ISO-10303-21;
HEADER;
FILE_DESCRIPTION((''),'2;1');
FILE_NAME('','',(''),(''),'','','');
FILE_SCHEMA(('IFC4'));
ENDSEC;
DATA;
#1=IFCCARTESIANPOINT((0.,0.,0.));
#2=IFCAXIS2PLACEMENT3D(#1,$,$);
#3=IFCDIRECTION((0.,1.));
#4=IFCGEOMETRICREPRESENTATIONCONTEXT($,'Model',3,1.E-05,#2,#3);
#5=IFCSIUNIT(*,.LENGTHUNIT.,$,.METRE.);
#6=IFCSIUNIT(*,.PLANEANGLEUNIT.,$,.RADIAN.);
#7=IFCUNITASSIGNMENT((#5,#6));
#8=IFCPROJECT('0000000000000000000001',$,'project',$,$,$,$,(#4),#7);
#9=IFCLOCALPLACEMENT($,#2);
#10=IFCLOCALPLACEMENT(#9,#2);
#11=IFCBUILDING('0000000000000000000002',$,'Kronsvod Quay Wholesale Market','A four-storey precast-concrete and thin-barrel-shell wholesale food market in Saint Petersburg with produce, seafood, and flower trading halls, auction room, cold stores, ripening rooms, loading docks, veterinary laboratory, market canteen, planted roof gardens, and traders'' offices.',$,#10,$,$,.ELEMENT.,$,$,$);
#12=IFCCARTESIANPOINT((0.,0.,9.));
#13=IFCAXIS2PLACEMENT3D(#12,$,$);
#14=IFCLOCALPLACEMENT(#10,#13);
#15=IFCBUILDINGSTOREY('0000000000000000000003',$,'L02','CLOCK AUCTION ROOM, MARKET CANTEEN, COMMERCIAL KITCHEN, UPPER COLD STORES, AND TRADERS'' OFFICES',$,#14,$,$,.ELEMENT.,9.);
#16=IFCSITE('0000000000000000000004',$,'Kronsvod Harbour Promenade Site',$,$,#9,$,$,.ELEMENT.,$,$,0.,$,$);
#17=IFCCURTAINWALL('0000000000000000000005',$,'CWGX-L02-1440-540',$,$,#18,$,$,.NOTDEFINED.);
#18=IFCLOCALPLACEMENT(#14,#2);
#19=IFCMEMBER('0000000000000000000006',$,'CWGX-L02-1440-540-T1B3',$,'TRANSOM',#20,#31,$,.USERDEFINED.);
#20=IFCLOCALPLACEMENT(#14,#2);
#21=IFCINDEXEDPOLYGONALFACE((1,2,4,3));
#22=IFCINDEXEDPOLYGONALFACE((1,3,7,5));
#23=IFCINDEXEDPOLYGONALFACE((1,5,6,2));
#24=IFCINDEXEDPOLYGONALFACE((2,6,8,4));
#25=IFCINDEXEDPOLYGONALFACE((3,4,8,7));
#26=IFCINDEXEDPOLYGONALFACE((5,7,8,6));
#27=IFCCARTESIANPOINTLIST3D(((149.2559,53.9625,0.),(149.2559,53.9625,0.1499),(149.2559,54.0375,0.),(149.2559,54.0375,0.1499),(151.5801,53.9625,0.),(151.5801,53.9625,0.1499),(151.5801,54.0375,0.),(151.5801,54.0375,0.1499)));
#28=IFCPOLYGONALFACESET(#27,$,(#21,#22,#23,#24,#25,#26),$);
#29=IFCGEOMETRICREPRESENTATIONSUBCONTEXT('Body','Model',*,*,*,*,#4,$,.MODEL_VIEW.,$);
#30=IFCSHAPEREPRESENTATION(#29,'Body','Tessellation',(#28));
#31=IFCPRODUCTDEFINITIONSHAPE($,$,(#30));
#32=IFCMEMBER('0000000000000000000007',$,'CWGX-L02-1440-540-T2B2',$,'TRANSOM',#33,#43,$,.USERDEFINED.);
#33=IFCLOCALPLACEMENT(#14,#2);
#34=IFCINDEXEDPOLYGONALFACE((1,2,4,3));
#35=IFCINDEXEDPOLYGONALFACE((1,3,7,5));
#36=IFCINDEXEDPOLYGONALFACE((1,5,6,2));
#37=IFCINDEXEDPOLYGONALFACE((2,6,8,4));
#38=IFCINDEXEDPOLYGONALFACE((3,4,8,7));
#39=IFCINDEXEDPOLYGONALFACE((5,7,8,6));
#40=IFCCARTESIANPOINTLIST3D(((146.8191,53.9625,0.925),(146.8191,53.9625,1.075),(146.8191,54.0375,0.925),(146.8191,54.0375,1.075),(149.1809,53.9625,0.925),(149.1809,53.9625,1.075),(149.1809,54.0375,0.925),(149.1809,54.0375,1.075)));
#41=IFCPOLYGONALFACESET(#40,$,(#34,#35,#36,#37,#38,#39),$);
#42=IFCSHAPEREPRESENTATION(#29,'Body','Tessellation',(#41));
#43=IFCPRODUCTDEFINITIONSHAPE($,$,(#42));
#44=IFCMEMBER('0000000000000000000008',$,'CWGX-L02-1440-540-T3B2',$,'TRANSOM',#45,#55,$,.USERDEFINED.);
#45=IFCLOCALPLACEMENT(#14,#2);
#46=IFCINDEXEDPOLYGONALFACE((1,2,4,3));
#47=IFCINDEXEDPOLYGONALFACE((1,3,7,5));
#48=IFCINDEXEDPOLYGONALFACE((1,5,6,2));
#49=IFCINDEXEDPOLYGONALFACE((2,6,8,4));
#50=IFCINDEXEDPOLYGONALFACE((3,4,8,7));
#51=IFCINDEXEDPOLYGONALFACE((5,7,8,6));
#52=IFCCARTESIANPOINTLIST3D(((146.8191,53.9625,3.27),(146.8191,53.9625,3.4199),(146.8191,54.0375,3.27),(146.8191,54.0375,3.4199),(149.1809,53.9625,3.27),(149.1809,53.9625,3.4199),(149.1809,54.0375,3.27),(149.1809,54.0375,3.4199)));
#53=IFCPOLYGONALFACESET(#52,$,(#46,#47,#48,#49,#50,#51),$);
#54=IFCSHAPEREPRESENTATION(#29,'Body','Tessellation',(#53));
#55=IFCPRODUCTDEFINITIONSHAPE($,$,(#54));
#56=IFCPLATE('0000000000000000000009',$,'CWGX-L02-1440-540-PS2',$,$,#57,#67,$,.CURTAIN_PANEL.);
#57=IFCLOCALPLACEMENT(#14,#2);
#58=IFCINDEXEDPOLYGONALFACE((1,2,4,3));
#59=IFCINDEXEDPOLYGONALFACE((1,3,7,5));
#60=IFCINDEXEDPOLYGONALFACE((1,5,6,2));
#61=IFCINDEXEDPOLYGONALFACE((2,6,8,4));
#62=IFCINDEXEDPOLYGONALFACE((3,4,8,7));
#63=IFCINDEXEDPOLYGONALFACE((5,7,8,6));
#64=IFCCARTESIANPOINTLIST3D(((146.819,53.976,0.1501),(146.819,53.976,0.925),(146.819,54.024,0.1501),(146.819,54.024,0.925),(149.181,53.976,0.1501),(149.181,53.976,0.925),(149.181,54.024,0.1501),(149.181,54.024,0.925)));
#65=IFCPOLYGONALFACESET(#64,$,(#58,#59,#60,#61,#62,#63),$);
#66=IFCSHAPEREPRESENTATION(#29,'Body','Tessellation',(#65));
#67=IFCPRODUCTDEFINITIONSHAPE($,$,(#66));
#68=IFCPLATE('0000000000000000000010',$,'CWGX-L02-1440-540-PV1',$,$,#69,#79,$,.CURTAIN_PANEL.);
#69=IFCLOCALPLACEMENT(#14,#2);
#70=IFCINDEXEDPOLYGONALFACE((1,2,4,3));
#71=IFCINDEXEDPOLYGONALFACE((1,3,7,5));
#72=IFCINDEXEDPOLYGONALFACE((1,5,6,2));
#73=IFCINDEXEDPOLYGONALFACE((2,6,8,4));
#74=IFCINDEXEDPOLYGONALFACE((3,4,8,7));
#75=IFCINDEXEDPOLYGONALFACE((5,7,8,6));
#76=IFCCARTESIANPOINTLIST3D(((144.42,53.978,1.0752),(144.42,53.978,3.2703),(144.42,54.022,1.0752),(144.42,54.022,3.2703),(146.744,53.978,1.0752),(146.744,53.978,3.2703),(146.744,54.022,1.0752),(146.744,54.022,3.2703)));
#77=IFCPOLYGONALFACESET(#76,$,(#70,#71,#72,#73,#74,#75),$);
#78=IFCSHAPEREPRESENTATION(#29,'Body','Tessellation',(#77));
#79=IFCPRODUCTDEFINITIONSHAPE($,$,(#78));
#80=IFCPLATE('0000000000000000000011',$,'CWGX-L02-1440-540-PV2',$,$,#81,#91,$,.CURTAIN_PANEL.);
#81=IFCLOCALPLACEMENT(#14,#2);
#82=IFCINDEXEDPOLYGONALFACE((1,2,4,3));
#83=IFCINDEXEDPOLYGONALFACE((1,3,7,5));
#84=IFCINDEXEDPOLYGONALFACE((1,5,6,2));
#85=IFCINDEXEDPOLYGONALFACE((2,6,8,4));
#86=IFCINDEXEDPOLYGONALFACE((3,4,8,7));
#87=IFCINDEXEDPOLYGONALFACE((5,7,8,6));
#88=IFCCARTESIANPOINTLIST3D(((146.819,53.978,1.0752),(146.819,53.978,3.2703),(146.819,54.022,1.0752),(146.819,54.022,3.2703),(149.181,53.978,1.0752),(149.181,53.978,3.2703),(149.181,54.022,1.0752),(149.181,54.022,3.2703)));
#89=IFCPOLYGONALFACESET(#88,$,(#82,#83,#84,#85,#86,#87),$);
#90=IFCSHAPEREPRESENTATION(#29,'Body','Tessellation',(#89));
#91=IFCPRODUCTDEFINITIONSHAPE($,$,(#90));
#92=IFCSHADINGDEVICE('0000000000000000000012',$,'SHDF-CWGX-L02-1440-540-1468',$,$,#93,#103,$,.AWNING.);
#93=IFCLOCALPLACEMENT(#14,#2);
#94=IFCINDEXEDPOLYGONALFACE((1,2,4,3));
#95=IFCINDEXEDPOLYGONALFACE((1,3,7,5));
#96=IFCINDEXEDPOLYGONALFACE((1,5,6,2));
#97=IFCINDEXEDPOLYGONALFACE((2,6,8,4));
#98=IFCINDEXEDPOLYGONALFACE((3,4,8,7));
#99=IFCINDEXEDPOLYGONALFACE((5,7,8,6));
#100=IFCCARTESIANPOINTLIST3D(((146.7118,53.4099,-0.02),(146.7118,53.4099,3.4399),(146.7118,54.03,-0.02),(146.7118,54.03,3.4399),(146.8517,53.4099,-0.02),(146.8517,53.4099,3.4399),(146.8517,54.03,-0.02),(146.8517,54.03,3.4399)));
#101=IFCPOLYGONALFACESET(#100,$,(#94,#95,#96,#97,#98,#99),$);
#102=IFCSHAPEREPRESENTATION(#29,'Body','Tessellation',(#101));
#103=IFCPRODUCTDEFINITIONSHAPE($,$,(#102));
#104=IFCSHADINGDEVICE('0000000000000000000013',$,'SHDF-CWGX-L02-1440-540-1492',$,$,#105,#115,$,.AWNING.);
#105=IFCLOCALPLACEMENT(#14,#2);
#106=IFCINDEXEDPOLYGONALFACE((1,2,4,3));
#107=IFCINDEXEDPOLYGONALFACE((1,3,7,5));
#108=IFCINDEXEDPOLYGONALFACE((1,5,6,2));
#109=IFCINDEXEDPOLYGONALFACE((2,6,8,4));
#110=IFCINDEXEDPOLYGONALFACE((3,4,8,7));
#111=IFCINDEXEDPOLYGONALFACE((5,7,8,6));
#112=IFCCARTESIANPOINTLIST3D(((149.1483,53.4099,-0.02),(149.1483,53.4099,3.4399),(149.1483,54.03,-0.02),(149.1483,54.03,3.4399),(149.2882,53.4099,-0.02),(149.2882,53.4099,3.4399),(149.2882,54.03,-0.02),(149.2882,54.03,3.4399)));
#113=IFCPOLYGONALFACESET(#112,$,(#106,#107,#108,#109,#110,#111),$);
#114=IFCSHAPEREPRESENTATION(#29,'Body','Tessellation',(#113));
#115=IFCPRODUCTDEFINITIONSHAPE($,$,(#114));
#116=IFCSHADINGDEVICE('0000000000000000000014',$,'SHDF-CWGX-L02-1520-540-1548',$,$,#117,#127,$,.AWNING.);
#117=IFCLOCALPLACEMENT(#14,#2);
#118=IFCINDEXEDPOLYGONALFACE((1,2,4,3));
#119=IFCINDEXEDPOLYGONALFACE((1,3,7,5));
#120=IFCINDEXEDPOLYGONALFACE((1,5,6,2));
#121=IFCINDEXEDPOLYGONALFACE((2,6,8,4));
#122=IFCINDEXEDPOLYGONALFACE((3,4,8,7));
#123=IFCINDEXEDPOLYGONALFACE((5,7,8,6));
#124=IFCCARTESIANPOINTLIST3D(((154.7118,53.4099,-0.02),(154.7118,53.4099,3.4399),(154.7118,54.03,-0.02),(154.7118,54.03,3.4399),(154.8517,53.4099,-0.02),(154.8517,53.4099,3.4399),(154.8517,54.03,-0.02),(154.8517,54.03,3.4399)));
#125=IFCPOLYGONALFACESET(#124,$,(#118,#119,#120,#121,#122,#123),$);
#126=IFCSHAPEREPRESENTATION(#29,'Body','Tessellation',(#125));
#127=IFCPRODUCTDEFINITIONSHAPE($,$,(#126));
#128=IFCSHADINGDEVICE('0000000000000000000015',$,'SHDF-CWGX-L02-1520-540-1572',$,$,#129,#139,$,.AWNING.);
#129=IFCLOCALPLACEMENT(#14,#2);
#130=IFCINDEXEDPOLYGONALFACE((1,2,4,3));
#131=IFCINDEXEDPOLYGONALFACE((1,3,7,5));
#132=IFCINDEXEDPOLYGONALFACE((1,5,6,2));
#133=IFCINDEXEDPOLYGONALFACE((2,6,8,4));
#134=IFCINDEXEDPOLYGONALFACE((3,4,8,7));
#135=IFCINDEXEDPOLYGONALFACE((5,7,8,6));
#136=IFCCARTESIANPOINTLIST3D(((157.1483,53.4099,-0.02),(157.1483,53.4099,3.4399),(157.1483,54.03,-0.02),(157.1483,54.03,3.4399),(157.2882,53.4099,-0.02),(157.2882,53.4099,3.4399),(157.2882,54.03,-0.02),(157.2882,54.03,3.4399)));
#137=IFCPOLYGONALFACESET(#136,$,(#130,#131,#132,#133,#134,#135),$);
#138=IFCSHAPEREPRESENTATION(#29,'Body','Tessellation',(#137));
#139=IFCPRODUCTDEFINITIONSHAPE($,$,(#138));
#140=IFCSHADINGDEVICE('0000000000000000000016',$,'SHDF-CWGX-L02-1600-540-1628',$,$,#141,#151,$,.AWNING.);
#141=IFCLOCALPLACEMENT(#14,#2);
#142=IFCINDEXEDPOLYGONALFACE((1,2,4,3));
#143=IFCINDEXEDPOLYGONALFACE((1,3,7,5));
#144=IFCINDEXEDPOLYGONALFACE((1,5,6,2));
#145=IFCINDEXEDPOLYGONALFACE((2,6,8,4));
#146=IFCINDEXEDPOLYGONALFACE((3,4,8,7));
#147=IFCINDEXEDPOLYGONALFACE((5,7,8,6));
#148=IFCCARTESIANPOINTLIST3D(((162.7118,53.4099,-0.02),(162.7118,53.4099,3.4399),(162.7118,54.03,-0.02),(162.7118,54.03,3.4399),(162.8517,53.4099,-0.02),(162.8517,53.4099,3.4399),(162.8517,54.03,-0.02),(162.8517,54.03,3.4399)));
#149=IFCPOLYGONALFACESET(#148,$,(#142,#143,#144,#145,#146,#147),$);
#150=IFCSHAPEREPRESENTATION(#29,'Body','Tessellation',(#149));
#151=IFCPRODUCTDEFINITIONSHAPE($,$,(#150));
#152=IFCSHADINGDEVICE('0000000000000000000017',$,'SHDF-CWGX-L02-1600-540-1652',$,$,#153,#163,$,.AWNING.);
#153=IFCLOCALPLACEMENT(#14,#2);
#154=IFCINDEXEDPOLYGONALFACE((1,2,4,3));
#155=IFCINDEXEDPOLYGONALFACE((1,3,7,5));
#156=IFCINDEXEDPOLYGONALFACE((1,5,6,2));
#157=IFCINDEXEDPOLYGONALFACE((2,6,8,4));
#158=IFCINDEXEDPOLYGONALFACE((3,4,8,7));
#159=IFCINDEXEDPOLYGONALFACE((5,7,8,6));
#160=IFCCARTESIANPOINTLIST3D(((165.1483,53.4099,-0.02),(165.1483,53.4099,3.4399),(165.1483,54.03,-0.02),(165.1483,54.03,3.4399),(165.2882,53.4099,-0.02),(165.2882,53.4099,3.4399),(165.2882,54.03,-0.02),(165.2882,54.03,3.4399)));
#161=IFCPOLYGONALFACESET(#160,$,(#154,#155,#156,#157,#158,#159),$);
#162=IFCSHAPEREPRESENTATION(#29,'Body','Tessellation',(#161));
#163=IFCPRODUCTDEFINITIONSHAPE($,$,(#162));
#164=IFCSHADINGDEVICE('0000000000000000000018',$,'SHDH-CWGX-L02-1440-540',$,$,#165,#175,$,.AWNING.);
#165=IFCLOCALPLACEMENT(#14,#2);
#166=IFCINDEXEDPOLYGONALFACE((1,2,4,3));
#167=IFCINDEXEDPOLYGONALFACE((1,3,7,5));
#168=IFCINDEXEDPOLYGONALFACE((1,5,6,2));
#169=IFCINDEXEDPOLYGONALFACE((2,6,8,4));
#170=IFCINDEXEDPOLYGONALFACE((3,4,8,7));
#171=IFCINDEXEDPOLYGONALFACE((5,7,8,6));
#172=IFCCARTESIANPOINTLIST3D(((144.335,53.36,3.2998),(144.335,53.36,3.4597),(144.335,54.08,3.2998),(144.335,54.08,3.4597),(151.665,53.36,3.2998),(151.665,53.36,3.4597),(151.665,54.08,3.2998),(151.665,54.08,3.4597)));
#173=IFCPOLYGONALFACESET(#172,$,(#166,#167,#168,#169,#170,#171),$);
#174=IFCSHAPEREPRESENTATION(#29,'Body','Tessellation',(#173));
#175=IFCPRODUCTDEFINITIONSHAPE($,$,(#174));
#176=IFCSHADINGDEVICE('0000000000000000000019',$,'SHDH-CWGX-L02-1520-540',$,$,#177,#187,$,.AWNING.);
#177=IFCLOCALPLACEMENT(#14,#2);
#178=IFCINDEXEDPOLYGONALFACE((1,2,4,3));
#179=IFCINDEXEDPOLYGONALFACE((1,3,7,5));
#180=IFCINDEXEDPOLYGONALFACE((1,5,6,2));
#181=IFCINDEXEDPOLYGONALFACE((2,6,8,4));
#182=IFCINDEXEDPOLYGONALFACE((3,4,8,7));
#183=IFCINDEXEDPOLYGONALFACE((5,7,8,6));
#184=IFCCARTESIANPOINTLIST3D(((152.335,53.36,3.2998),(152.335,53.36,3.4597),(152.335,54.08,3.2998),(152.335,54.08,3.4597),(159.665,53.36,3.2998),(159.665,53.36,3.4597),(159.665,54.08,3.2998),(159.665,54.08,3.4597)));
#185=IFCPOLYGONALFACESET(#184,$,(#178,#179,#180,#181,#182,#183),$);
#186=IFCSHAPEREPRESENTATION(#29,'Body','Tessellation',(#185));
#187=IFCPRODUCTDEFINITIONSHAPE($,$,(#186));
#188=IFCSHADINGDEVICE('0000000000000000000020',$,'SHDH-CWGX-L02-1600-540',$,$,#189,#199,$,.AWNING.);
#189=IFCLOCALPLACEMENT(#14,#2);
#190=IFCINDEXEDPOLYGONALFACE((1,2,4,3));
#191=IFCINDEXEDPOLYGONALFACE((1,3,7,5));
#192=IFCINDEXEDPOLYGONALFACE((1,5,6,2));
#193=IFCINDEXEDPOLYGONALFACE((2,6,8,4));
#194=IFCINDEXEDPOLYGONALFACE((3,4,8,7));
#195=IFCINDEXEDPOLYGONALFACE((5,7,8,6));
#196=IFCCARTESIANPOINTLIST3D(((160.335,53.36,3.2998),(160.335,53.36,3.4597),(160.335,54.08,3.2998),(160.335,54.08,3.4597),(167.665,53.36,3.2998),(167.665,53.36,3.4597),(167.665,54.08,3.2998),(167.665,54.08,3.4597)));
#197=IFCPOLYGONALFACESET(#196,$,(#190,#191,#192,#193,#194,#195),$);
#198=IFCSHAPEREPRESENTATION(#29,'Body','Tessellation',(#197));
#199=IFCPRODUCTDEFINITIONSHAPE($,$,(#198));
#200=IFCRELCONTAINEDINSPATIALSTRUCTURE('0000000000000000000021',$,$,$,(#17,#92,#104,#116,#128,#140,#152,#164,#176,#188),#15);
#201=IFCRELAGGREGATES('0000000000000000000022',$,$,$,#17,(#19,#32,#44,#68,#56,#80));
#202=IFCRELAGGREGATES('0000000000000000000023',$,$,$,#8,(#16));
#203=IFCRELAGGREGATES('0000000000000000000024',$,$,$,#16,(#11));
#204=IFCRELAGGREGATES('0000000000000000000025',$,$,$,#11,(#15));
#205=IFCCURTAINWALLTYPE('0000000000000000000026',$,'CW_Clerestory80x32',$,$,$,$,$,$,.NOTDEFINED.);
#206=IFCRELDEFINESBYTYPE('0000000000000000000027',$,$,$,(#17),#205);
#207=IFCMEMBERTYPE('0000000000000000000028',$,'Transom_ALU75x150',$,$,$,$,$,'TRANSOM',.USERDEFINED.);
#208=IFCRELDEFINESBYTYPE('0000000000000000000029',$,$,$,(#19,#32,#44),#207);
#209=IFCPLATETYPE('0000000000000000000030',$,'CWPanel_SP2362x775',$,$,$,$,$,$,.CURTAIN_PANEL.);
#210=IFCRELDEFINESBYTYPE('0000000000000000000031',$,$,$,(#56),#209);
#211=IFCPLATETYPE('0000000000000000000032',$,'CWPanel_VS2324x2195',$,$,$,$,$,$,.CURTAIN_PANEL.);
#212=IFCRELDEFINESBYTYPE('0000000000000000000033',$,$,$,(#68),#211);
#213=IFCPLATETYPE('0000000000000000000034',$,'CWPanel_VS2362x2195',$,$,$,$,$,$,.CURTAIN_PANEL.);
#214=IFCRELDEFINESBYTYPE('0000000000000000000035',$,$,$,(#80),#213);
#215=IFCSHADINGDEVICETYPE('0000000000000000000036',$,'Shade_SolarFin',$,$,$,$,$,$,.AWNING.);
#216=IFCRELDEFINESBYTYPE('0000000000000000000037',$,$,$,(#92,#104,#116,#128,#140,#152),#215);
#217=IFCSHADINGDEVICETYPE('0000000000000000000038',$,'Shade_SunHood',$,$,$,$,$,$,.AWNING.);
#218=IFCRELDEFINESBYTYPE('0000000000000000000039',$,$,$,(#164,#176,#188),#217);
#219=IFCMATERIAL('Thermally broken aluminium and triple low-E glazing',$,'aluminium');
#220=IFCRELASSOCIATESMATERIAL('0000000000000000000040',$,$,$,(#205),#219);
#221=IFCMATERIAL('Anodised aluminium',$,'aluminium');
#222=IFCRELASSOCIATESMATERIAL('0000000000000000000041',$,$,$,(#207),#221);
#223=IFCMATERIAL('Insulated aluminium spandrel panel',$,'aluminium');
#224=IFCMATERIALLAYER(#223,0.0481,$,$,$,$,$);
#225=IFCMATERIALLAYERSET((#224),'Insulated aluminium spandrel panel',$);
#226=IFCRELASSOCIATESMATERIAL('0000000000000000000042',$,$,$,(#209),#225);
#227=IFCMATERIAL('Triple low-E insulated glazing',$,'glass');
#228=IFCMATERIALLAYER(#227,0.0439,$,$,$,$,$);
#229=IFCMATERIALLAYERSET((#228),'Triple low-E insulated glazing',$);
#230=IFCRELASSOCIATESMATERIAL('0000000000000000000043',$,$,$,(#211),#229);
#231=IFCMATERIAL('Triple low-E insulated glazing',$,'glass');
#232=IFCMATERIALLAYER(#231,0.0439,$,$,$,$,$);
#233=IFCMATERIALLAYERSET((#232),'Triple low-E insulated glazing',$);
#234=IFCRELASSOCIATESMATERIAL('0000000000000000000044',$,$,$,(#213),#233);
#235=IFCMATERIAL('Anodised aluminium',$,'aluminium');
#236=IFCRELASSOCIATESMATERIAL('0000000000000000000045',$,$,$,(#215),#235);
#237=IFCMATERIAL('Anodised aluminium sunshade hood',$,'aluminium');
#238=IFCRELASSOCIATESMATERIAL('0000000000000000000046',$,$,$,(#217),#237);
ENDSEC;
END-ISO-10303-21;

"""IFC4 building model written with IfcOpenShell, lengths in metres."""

from ifc_helpers import new_model, si_unit, direction, frame, origin, origin_2d, place, context, subcontext, project, spatial, rectangle, extrude, material, layer, layer_set, material_profile, profile_set, type_object, element, aggregate, save


model = new_model("IFC4")

# Units and contexts
model_context = context("Model", 3, precision=1e-05, world=origin(), true_north=direction((0.0, 1.0)))
body_context = subcontext(model_context, "Body", "Model", "MODEL_VIEW")
ifc_project = project(units=[si_unit("LENGTHUNIT", "METRE"), si_unit("PLANEANGLEUNIT", "RADIAN")], contexts=[model_context])

# Site, building, storey
site_placement = place(None, origin())
site = spatial("IfcSite", under=ifc_project, at=site_placement, Name="Kronsvod Harbour Promenade Site", CompositionType="ELEMENT", RefElevation=0.0)
building_placement = place(site_placement, origin())
building = spatial("IfcBuilding", under=site, at=building_placement, Name="Kronsvod Quay Wholesale Market", Description="A four-storey precast-concrete and thin-barrel-shell wholesale food market in Saint Petersburg with produce, seafood, and flower trading halls, auction room, cold stores, ripening rooms, loading docks, veterinary laboratory, market canteen, planted roof gardens, and traders' offices.", CompositionType="ELEMENT")
storey_placement = place(building_placement, frame((0.0, 0.0, 9.0)))
storey = spatial("IfcBuildingStorey", under=building, at=storey_placement, Name="L02", Description="CLOCK AUCTION ROOM, MARKET CANTEEN, COMMERCIAL KITCHEN, UPPER COLD STORES, AND TRADERS' OFFICES", CompositionType="ELEMENT", Elevation=9.0)

# Curtain wall, members, plates
ifc_material_1 = material(Name="Thermally broken aluminium and triple low-E glazing", Category="aluminium")
curtain_wall_type = type_object("IfcCurtainWallType", Name="CW_Clerestory80x32", PredefinedType="NOTDEFINED", material=ifc_material_1)
curtain_wall_placement = place(storey_placement, origin())
curtain_wall = element("IfcCurtainWall", 1, at=curtain_wall_placement, inside=storey, type_object=curtain_wall_type, Name="CWGX-L02-1440-540", PredefinedType="NOTDEFINED")
ifc_material_2 = material(Name="Anodised aluminium", Category="aluminium")
ifc_material_profile_1 = material_profile(ifc_material_2, rectangle(XDim=0.075, YDim=0.1499, at=origin_2d()), Name="ALUT75x150")
ifc_profile_set_1 = profile_set([ifc_material_profile_1], Name="Anodised aluminium")
member_type_1 = type_object("IfcMemberType", Name="Transom_ALU75x150", ElementType="TRANSOM", PredefinedType="USERDEFINED", material=ifc_profile_set_1)
member_1_placement = place(storey_placement, frame((149.2559, 54.0, 0.075), z_axis=(1.0, 0.0, 0.0), x_axis=(0.0, 1.0, 0.0)))
member_1 = element("IfcMember", 2, at=member_1_placement, type_object=member_type_1, Name="CWGX-L02-1440-540-T1B3", ObjectType="TRANSOM", PredefinedType="USERDEFINED", context=body_context, shape_type="SweptSolid", body=[
    extrude(rectangle(XDim=0.075, YDim=0.1499, at=origin_2d()), origin(), (0.0, 0.0, 1.0), 2.3242),
])
member_2_placement = place(storey_placement, frame((146.8191, 54.0, 1.0), z_axis=(1.0, 0.0, 0.0), x_axis=(0.0, 1.0, 0.0)))
member_2 = element("IfcMember", 3, at=member_2_placement, type_object=member_type_1, Name="CWGX-L02-1440-540-T2B2", ObjectType="TRANSOM", PredefinedType="USERDEFINED", context=body_context, shape_type="SweptSolid", body=[
    extrude(rectangle(XDim=0.075, YDim=0.1499, at=origin_2d()), origin(), (0.0, 0.0, 1.0), 2.3618),
])
member_3_placement = place(storey_placement, frame((146.8191, 54.0, 3.345), z_axis=(1.0, 0.0, 0.0), x_axis=(0.0, 1.0, 0.0)))
member_3 = element("IfcMember", 4, at=member_3_placement, type_object=member_type_1, Name="CWGX-L02-1440-540-T3B2", ObjectType="TRANSOM", PredefinedType="USERDEFINED", context=body_context, shape_type="SweptSolid", body=[
    extrude(rectangle(XDim=0.075, YDim=0.1499, at=origin_2d()), origin(), (0.0, 0.0, 1.0), 2.3618),
])
ifc_material_3 = material(Name="Insulated aluminium spandrel panel", Category="aluminium")
ifc_layer_1 = layer(ifc_material_3, 0.0481)
ifc_layer_set_1 = layer_set([ifc_layer_1], Name="Insulated aluminium spandrel panel")
plate_type_1 = type_object("IfcPlateType", Name="CWPanel_SP2362x775", PredefinedType="CURTAIN_PANEL", material=ifc_layer_set_1)
plate_1_placement = place(storey_placement, frame((148.0, 54.0, 0.1501), z_axis=(0.0, 0.0, 1.0), x_axis=(1.0, 0.0, 0.0)))
plate_1 = element("IfcPlate", 5, at=plate_1_placement, type_object=plate_type_1, Name="CWGX-L02-1440-540-PS2", PredefinedType="CURTAIN_PANEL", context=body_context, shape_type="SweptSolid", body=[
    extrude(rectangle(XDim=2.3621, YDim=0.0481, at=origin_2d()), origin(), (0.0, 0.0, 1.0), 0.7749),
])
ifc_material_4 = material(Name="Triple low-E insulated glazing", Category="glass")
ifc_layer_2 = layer(ifc_material_4, 0.0439)
ifc_layer_set_2 = layer_set([ifc_layer_2], Name="Triple low-E insulated glazing")
plate_type_2 = type_object("IfcPlateType", Name="CWPanel_VS2324x2195", PredefinedType="CURTAIN_PANEL", material=ifc_layer_set_2)
plate_2_placement = place(storey_placement, frame((145.582, 54.0, 1.0752), z_axis=(0.0, 0.0, 1.0), x_axis=(1.0, 0.0, 0.0)))
plate_2 = element("IfcPlate", 6, at=plate_2_placement, type_object=plate_type_2, Name="CWGX-L02-1440-540-PV1", PredefinedType="CURTAIN_PANEL", context=body_context, shape_type="SweptSolid", body=[
    extrude(rectangle(XDim=2.324, YDim=0.0439, at=origin_2d()), origin(), (0.0, 0.0, 1.0), 2.1951),
])
ifc_material_5 = material(Name="Triple low-E insulated glazing", Category="glass")
ifc_layer_3 = layer(ifc_material_5, 0.0439)
ifc_layer_set_3 = layer_set([ifc_layer_3], Name="Triple low-E insulated glazing")
plate_type_3 = type_object("IfcPlateType", Name="CWPanel_VS2362x2195", PredefinedType="CURTAIN_PANEL", material=ifc_layer_set_3)
plate_3_placement = place(storey_placement, frame((148.0, 54.0, 1.0752), z_axis=(0.0, 0.0, 1.0), x_axis=(1.0, 0.0, 0.0)))
plate_3 = element("IfcPlate", 7, at=plate_3_placement, type_object=plate_type_3, Name="CWGX-L02-1440-540-PV2", PredefinedType="CURTAIN_PANEL", context=body_context, shape_type="SweptSolid", body=[
    extrude(rectangle(XDim=2.3621, YDim=0.0439, at=origin_2d()), origin(), (0.0, 0.0, 1.0), 2.1951),
])
aggregate(curtain_wall, [member_1, member_2, member_3, plate_2, plate_1, plate_3])

# Shading devices
ifc_material_6 = material(Name="Anodised aluminium", Category="aluminium")
shading_device_type_1 = type_object("IfcShadingDeviceType", Name="Shade_SolarFin", PredefinedType="AWNING", material=ifc_material_6)
for number, where, z_axis, x_axis, name in (
    (8, (146.7817, 53.72, -0.02), (0.0, 0.0, 1.0), (1.0, 0.0, 0.0), "SHDF-CWGX-L02-1440-540-1468"),
    (9, (149.2183, 53.72, -0.02), (0.0, 0.0, 1.0), (1.0, 0.0, 0.0), "SHDF-CWGX-L02-1440-540-1492"),
    (10, (154.7817, 53.72, -0.02), (0.0, 0.0, 1.0), (1.0, 0.0, 0.0), "SHDF-CWGX-L02-1520-540-1548"),
    (11, (157.2183, 53.72, -0.02), (0.0, 0.0, 1.0), (1.0, 0.0, 0.0), "SHDF-CWGX-L02-1520-540-1572"),
    (12, (162.7817, 53.72, -0.02), (0.0, 0.0, 1.0), (1.0, 0.0, 0.0), "SHDF-CWGX-L02-1600-540-1628"),
    (13, (165.2183, 53.72, -0.02), (0.0, 0.0, 1.0), (1.0, 0.0, 0.0), "SHDF-CWGX-L02-1600-540-1652"),
):
    element("IfcShadingDevice", number, at=place(storey_placement, frame(where, z_axis=z_axis, x_axis=x_axis)), inside=storey, type_object=shading_device_type_1, Name=name, PredefinedType="AWNING", context=body_context, shape_type="SweptSolid", body=[
        extrude(rectangle(XDim=0.1399, YDim=0.6201, at=origin_2d()), origin(), (0.0, 0.0, 1.0), 3.46),
    ])
ifc_material_7 = material(Name="Anodised aluminium sunshade hood", Category="aluminium")
shading_device_type_2 = type_object("IfcShadingDeviceType", Name="Shade_SunHood", PredefinedType="AWNING", material=ifc_material_7)
for number, where, z_axis, x_axis, name in (
    (14, (148.0, 53.72, 3.2998), (0.0, 0.0, 1.0), (1.0, 0.0, 0.0), "SHDH-CWGX-L02-1440-540"),
    (15, (156.0, 53.72, 3.2998), (0.0, 0.0, 1.0), (1.0, 0.0, 0.0), "SHDH-CWGX-L02-1520-540"),
    (16, (164.0, 53.72, 3.2998), (0.0, 0.0, 1.0), (1.0, 0.0, 0.0), "SHDH-CWGX-L02-1600-540"),
):
    element("IfcShadingDevice", number, at=place(storey_placement, frame(where, z_axis=z_axis, x_axis=x_axis)), inside=storey, type_object=shading_device_type_2, Name=name, PredefinedType="AWNING", context=body_context, shape_type="SweptSolid", body=[
        extrude(rectangle(XDim=7.3301, YDim=0.72, at=origin_2d()), origin(), (0.0, 0.0, 1.0), 0.1599),
    ])

save(model, "model.ifc")
